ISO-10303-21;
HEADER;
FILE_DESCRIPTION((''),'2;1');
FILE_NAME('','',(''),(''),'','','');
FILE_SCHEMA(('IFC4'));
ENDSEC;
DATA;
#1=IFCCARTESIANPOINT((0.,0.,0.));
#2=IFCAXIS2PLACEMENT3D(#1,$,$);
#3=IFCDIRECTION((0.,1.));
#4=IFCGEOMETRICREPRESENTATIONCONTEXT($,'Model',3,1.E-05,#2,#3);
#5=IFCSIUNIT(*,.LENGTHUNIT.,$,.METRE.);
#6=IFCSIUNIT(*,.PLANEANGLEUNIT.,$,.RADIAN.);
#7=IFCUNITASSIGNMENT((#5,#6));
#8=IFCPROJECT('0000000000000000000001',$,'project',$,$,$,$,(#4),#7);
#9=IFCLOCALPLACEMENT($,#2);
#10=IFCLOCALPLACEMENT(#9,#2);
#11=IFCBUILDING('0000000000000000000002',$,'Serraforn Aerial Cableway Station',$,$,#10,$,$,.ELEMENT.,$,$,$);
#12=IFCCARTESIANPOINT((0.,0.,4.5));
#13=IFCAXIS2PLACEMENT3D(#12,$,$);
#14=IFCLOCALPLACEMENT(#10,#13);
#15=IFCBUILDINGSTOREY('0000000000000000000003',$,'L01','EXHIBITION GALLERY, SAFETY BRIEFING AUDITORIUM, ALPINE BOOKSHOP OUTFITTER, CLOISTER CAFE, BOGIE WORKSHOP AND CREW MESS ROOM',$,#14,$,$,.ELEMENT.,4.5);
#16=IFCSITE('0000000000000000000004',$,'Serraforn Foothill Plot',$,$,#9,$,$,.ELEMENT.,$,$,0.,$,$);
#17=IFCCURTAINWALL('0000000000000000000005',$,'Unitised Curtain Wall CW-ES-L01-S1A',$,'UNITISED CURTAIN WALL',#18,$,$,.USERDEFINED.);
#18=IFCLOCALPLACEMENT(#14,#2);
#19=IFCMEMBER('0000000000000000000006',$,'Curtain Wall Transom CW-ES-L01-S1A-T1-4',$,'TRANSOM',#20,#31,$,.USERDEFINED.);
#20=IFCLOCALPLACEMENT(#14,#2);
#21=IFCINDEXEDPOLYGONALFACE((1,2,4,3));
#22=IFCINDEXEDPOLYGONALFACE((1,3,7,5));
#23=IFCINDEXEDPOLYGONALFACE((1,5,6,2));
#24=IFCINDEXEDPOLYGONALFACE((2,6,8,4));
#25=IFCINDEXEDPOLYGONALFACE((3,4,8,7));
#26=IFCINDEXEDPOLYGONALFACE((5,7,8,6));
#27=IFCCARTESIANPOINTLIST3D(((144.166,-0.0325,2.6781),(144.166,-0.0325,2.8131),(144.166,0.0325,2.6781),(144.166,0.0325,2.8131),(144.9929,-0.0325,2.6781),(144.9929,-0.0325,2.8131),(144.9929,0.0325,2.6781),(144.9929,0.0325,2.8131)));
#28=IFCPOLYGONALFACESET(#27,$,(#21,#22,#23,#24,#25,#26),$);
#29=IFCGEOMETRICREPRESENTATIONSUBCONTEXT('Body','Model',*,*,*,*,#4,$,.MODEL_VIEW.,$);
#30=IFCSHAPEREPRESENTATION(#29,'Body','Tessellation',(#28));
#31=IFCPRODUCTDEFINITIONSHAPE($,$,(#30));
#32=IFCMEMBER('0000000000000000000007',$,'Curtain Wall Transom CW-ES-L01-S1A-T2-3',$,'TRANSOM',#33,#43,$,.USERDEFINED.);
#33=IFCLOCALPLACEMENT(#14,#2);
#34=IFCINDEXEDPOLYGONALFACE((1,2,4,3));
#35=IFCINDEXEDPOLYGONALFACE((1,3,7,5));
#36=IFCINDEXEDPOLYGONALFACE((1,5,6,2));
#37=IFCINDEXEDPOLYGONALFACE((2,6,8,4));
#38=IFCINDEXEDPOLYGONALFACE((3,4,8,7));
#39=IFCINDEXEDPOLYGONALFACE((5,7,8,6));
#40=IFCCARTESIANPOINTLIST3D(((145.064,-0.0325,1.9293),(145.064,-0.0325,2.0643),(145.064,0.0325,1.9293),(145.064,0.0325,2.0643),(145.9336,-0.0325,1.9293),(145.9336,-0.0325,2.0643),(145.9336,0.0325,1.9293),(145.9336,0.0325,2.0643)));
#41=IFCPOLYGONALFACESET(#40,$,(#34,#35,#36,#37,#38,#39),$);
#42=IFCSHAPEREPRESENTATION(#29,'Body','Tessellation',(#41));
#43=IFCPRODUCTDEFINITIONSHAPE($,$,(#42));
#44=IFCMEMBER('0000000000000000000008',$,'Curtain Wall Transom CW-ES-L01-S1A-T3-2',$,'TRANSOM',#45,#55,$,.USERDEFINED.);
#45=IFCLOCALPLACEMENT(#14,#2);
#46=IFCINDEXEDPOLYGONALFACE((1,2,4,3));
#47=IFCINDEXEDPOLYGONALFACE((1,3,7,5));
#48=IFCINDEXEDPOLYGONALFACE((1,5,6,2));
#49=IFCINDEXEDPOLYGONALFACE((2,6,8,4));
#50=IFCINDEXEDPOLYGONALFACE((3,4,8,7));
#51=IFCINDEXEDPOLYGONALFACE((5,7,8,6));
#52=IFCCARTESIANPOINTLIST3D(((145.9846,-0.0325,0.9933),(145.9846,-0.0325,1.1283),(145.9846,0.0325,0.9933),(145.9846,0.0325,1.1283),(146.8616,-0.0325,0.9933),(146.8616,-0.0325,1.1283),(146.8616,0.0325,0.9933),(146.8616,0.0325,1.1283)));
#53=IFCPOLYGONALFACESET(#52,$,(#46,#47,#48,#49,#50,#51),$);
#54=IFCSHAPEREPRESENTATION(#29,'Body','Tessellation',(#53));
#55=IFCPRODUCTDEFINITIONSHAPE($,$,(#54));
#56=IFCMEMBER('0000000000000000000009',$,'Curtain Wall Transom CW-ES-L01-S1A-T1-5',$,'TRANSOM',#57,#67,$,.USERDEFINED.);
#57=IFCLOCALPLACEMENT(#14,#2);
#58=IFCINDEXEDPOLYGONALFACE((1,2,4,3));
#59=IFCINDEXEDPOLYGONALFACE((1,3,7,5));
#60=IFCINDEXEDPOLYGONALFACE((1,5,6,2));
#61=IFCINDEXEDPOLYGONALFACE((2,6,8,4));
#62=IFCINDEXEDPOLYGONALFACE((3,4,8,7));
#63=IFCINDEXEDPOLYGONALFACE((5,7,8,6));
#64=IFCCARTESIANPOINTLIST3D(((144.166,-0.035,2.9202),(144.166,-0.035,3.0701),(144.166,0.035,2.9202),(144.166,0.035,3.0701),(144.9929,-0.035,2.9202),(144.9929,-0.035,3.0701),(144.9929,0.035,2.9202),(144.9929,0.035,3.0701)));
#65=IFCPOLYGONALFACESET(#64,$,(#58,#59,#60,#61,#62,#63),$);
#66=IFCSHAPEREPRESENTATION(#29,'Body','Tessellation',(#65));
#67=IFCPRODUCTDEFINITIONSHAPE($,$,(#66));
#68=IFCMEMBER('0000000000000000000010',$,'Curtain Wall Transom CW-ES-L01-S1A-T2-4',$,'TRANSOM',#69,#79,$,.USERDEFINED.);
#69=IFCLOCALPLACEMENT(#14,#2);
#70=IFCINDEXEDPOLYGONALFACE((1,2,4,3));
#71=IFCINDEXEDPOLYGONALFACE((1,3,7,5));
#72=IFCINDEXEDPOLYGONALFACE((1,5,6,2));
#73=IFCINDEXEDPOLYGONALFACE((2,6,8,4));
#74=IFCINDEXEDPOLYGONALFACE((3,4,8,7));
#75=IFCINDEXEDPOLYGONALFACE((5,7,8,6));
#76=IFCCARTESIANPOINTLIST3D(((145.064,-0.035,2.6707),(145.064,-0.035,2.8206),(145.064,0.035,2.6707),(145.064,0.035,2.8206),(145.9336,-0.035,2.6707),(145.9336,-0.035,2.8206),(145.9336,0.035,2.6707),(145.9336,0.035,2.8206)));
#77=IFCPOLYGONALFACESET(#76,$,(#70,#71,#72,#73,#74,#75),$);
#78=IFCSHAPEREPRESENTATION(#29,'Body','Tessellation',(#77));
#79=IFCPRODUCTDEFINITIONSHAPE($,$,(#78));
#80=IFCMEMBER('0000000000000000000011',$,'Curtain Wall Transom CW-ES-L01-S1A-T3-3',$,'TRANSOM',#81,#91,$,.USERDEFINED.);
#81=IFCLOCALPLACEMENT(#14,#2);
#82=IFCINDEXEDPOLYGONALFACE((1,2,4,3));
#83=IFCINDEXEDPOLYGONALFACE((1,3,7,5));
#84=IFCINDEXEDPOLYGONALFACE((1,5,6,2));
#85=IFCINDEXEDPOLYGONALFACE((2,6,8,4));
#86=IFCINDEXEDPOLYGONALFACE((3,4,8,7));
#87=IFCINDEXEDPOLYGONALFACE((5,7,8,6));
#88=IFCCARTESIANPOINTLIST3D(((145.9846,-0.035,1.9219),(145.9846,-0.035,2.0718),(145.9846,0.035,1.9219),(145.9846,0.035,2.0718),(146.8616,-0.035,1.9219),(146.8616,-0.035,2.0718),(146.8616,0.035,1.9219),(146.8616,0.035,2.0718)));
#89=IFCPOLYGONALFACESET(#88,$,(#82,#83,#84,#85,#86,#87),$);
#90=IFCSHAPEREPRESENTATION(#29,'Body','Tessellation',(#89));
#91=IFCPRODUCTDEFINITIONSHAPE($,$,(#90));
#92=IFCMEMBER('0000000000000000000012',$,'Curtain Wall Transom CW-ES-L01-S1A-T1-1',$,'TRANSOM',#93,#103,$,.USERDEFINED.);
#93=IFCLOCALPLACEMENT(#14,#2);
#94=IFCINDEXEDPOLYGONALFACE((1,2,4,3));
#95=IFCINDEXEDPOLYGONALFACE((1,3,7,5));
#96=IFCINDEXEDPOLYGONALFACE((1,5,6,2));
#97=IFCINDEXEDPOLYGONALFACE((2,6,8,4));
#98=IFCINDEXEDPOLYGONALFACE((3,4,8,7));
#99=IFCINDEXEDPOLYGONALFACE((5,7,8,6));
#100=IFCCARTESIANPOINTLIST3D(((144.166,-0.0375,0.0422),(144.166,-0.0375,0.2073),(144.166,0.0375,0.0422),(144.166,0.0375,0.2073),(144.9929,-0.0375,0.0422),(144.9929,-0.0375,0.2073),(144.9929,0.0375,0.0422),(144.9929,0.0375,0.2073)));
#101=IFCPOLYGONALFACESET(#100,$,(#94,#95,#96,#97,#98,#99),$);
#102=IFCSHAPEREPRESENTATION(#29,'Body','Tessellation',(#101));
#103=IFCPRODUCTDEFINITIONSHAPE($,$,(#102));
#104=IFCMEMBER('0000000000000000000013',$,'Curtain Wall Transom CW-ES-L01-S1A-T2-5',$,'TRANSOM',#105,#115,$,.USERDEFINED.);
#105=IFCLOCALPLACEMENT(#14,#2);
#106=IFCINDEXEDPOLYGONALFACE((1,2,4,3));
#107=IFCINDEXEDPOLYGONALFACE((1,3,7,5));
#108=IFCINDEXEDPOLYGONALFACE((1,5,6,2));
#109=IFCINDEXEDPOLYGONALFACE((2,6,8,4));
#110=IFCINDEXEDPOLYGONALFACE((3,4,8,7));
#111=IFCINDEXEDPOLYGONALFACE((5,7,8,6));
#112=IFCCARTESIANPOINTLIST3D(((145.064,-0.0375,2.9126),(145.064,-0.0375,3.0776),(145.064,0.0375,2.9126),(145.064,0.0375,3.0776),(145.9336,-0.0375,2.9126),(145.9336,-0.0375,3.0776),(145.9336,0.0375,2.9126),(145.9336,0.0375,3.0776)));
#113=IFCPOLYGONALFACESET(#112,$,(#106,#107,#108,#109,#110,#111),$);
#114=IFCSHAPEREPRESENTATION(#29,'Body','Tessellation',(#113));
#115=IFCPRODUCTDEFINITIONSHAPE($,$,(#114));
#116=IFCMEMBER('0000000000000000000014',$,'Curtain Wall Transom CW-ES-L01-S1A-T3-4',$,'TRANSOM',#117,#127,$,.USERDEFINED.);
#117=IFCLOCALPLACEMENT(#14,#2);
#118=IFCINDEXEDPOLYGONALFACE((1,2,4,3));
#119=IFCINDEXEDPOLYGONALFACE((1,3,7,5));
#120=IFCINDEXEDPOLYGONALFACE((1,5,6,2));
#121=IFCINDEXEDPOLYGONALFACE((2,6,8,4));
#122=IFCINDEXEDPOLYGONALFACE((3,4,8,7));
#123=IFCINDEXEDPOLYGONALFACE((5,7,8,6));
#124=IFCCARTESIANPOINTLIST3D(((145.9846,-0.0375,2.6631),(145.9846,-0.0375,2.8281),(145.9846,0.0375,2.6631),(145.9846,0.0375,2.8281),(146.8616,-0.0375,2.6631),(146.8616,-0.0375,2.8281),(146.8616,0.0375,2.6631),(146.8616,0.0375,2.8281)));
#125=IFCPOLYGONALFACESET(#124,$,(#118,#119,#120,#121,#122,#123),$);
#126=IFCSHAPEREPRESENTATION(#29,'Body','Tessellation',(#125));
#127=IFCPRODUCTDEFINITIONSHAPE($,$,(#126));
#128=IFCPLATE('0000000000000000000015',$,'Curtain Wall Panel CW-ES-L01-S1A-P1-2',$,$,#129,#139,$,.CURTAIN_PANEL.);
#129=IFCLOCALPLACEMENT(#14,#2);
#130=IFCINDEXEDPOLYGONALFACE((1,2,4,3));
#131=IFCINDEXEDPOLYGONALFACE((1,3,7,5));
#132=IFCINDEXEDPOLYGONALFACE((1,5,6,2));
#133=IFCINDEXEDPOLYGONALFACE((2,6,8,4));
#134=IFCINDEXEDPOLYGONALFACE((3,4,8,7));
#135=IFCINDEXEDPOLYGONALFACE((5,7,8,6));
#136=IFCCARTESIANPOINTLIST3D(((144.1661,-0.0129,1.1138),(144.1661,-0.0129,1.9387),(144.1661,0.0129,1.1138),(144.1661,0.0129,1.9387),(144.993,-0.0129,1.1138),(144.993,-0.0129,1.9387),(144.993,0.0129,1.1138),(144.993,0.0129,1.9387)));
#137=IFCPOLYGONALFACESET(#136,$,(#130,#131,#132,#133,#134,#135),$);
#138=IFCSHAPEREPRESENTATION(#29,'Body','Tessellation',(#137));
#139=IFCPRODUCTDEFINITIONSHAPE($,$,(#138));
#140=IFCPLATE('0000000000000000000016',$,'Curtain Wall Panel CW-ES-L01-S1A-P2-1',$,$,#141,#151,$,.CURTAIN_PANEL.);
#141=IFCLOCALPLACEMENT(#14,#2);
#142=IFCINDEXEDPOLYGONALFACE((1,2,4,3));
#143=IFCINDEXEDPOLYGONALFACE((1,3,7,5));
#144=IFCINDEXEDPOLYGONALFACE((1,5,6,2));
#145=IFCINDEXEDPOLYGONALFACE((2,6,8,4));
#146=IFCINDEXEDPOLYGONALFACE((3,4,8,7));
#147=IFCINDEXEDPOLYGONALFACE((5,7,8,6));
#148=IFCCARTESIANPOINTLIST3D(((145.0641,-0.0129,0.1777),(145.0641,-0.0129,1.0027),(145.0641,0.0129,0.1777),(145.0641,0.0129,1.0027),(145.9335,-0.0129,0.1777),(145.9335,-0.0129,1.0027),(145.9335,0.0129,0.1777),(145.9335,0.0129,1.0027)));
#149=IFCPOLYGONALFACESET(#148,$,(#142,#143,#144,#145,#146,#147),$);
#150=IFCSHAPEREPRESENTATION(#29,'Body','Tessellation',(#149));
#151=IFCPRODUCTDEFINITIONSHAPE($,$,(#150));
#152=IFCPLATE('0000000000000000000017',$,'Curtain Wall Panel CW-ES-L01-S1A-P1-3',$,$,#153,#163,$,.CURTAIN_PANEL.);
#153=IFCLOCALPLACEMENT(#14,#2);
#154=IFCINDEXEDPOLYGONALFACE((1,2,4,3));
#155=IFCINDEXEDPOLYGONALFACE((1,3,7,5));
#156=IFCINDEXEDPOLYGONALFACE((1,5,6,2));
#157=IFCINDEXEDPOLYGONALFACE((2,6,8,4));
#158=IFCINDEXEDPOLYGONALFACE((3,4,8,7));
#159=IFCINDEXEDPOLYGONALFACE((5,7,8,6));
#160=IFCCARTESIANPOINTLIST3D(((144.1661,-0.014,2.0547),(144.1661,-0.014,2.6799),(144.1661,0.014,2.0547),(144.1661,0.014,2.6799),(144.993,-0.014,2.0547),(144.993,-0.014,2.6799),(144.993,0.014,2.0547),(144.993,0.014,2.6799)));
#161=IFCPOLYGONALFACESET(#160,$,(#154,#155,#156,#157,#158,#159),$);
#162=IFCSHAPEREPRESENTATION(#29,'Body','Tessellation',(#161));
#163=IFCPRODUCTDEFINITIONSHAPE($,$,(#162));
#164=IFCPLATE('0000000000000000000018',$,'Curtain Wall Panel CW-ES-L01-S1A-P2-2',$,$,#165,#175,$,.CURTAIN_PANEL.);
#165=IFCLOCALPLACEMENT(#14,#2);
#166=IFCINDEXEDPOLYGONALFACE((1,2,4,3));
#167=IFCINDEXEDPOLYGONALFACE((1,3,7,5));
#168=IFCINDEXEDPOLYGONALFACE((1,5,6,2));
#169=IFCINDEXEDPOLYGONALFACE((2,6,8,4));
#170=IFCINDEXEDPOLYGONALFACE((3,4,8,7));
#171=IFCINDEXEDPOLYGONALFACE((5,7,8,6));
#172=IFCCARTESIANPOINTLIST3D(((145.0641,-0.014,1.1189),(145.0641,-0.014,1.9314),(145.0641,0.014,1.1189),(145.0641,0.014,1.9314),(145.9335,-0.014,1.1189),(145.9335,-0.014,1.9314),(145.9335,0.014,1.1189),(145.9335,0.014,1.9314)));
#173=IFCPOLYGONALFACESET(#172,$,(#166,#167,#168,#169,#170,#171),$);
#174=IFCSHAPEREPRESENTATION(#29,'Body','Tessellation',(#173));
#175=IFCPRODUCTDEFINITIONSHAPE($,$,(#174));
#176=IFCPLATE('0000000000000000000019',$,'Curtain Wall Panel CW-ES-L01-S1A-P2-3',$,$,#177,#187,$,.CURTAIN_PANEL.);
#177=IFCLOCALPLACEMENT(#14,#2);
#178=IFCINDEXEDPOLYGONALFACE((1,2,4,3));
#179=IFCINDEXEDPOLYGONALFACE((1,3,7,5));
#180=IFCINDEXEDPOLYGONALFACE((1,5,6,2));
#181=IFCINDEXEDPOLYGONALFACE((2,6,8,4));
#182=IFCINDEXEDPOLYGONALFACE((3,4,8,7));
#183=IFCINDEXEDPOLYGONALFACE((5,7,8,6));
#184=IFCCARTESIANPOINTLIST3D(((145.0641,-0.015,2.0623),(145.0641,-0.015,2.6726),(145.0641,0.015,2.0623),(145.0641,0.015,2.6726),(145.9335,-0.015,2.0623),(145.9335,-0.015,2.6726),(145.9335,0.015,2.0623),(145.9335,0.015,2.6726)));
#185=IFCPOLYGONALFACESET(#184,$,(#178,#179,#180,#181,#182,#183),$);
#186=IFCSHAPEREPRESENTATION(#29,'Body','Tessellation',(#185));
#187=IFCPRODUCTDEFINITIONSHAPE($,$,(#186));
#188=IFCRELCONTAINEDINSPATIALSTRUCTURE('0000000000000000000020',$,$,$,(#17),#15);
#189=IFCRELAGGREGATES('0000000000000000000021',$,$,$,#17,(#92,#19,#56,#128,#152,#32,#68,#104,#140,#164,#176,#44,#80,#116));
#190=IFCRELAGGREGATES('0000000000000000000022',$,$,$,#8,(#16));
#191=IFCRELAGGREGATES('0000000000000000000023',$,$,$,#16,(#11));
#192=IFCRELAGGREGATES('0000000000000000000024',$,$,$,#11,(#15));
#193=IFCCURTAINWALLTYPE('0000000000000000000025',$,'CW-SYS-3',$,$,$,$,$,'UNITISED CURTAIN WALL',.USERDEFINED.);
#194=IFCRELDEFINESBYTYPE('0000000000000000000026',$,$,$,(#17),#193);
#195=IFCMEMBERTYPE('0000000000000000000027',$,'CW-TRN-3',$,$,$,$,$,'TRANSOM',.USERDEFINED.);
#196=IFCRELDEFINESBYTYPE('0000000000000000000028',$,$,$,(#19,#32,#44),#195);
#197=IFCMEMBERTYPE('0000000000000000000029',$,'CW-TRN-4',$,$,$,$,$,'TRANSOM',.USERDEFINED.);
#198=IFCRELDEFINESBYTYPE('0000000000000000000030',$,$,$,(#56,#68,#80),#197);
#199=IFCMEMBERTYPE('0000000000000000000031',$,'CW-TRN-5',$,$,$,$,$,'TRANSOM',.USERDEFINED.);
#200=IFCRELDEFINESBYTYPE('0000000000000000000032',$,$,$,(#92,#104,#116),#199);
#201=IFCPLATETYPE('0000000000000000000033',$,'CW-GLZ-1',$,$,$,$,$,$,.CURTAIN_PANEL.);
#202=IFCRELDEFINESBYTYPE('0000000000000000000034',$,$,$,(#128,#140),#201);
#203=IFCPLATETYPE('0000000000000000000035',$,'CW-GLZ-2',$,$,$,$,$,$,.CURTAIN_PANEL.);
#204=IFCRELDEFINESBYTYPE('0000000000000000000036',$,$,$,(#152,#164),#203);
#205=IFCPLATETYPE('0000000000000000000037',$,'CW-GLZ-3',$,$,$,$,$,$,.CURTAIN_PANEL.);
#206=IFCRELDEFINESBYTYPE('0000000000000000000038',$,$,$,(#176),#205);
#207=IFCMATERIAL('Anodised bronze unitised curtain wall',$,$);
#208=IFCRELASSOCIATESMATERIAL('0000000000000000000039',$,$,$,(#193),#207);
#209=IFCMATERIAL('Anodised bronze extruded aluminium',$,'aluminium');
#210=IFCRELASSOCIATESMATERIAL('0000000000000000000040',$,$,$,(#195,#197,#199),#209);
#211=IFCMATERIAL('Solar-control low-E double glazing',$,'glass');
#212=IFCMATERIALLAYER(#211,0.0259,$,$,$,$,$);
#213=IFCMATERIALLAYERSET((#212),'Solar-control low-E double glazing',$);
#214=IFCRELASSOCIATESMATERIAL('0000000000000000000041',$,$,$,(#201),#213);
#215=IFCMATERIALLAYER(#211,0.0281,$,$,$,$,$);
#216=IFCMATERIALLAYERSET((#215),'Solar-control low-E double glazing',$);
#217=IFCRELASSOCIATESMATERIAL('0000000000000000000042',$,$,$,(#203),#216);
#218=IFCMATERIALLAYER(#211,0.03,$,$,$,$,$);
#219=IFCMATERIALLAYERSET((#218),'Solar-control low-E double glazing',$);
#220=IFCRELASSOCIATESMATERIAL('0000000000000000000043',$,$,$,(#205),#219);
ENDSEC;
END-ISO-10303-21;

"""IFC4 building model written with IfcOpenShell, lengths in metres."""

from ifc_helpers import new_model, si_unit, direction, frame, origin, origin_2d, place, context, subcontext, project, spatial, rectangle, extrude, material, layer, layer_set, material_profile, profile_set, type_object, element, aggregate, save


model = new_model("IFC4")

# Units and contexts
model_context = context("Model", 3, precision=1e-05, world=origin(), true_north=direction((0.0, 1.0)))
body_context = subcontext(model_context, "Body", "Model", "MODEL_VIEW")
ifc_project = project(units=[si_unit("LENGTHUNIT", "METRE"), si_unit("PLANEANGLEUNIT", "RADIAN")], contexts=[model_context])

# Site, building, storey
site_placement = place(None, origin())
site = spatial("IfcSite", under=ifc_project, at=site_placement, Name="Serraforn Foothill Plot", CompositionType="ELEMENT", RefElevation=0.0)
building_placement = place(site_placement, origin())
building = spatial("IfcBuilding", under=site, at=building_placement, Name="Serraforn Aerial Cableway Station", CompositionType="ELEMENT")
storey_placement = place(building_placement, frame((0.0, 0.0, 4.5)))
storey = spatial("IfcBuildingStorey", under=building, at=storey_placement, Name="L01", Description="EXHIBITION GALLERY, SAFETY BRIEFING AUDITORIUM, ALPINE BOOKSHOP OUTFITTER, CLOISTER CAFE, BOGIE WORKSHOP AND CREW MESS ROOM", CompositionType="ELEMENT", Elevation=4.5)

# Curtain wall, members, plates
ifc_material_1 = material(Name="Anodised bronze unitised curtain wall")
curtain_wall_type = type_object("IfcCurtainWallType", Name="CW-SYS-3", ElementType="UNITISED CURTAIN WALL", PredefinedType="USERDEFINED", material=ifc_material_1)
curtain_wall_placement = place(storey_placement, origin())
curtain_wall = element("IfcCurtainWall", 1, at=curtain_wall_placement, inside=storey, type_object=curtain_wall_type, Name="Unitised Curtain Wall CW-ES-L01-S1A", ObjectType="UNITISED CURTAIN WALL", PredefinedType="USERDEFINED")
ifc_material_2 = material(Name="Anodised bronze extruded aluminium", Category="aluminium")
ifc_material_profile_1 = material_profile(ifc_material_2, rectangle(XDim=0.0649, YDim=0.135, at=origin_2d()), Name="CW TRANSOM 65x135")
ifc_profile_set_1 = profile_set([ifc_material_profile_1], Name="Anodised bronze extruded aluminium")
member_type_1 = type_object("IfcMemberType", Name="CW-TRN-3", ElementType="TRANSOM", PredefinedType="USERDEFINED", material=ifc_profile_set_1)
member_1_placement = place(storey_placement, frame((144.166, 0.0, 2.7456), z_axis=(1.0, 0.0, 0.0), x_axis=(0.0, 1.0, 0.0)))
member_1 = element("IfcMember", 2, at=member_1_placement, type_object=member_type_1, Name="Curtain Wall Transom CW-ES-L01-S1A-T1-4", ObjectType="TRANSOM", PredefinedType="USERDEFINED", context=body_context, shape_type="SweptSolid", body=[
    extrude(rectangle(XDim=0.0649, YDim=0.135, at=origin_2d()), origin(), (0.0, 0.0, 1.0), 0.8269),
])
member_2_placement = place(storey_placement, frame((145.064, 0.0, 1.9968), z_axis=(1.0, 0.0, 0.0), x_axis=(0.0, 1.0, 0.0)))
member_2 = element("IfcMember", 3, at=member_2_placement, type_object=member_type_1, Name="Curtain Wall Transom CW-ES-L01-S1A-T2-3", ObjectType="TRANSOM", PredefinedType="USERDEFINED", context=body_context, shape_type="SweptSolid", body=[
    extrude(rectangle(XDim=0.0649, YDim=0.135, at=origin_2d()), origin(), (0.0, 0.0, 1.0), 0.8696),
])
member_3_placement = place(storey_placement, frame((145.9846, 0.0, 1.0608), z_axis=(1.0, 0.0, 0.0), x_axis=(0.0, 1.0, 0.0)))
member_3 = element("IfcMember", 4, at=member_3_placement, type_object=member_type_1, Name="Curtain Wall Transom CW-ES-L01-S1A-T3-2", ObjectType="TRANSOM", PredefinedType="USERDEFINED", context=body_context, shape_type="SweptSolid", body=[
    extrude(rectangle(XDim=0.0649, YDim=0.135, at=origin_2d()), origin(), (0.0, 0.0, 1.0), 0.877),
])
ifc_material_profile_2 = material_profile(ifc_material_2, rectangle(XDim=0.0701, YDim=0.1499, at=origin_2d()), Name="CW TRANSOM 70x150")
ifc_profile_set_2 = profile_set([ifc_material_profile_2], Name="Anodised bronze extruded aluminium")
member_type_2 = type_object("IfcMemberType", Name="CW-TRN-4", ElementType="TRANSOM", PredefinedType="USERDEFINED", material=ifc_profile_set_2)
member_4_placement = place(storey_placement, frame((144.166, 0.0, 2.9951), z_axis=(1.0, 0.0, 0.0), x_axis=(0.0, 1.0, 0.0)))
member_4 = element("IfcMember", 5, at=member_4_placement, type_object=member_type_2, Name="Curtain Wall Transom CW-ES-L01-S1A-T1-5", ObjectType="TRANSOM", PredefinedType="USERDEFINED", context=body_context, shape_type="SweptSolid", body=[
    extrude(rectangle(XDim=0.0701, YDim=0.1499, at=origin_2d()), origin(), (0.0, 0.0, 1.0), 0.8269),
])
member_5_placement = place(storey_placement, frame((145.064, 0.0, 2.7456), z_axis=(1.0, 0.0, 0.0), x_axis=(0.0, 1.0, 0.0)))
member_5 = element("IfcMember", 6, at=member_5_placement, type_object=member_type_2, Name="Curtain Wall Transom CW-ES-L01-S1A-T2-4", ObjectType="TRANSOM", PredefinedType="USERDEFINED", context=body_context, shape_type="SweptSolid", body=[
    extrude(rectangle(XDim=0.0701, YDim=0.1499, at=origin_2d()), origin(), (0.0, 0.0, 1.0), 0.8696),
])
member_6_placement = place(storey_placement, frame((145.9846, 0.0, 1.9968), z_axis=(1.0, 0.0, 0.0), x_axis=(0.0, 1.0, 0.0)))
member_6 = element("IfcMember", 7, at=member_6_placement, type_object=member_type_2, Name="Curtain Wall Transom CW-ES-L01-S1A-T3-3", ObjectType="TRANSOM", PredefinedType="USERDEFINED", context=body_context, shape_type="SweptSolid", body=[
    extrude(rectangle(XDim=0.0701, YDim=0.1499, at=origin_2d()), origin(), (0.0, 0.0, 1.0), 0.877),
])
ifc_material_profile_3 = material_profile(ifc_material_2, rectangle(XDim=0.075, YDim=0.165, at=origin_2d()), Name="CW TRANSOM 75x165")
ifc_profile_set_3 = profile_set([ifc_material_profile_3], Name="Anodised bronze extruded aluminium")
member_type_3 = type_object("IfcMemberType", Name="CW-TRN-5", ElementType="TRANSOM", PredefinedType="USERDEFINED", material=ifc_profile_set_3)
member_7_placement = place(storey_placement, frame((144.166, 0.0, 0.1248), z_axis=(1.0, 0.0, 0.0), x_axis=(0.0, 1.0, 0.0)))
member_7 = element("IfcMember", 8, at=member_7_placement, type_object=member_type_3, Name="Curtain Wall Transom CW-ES-L01-S1A-T1-1", ObjectType="TRANSOM", PredefinedType="USERDEFINED", context=body_context, shape_type="SweptSolid", body=[
    extrude(rectangle(XDim=0.075, YDim=0.165, at=origin_2d()), origin(), (0.0, 0.0, 1.0), 0.8269),
])
member_8_placement = place(storey_placement, frame((145.064, 0.0, 2.9951), z_axis=(1.0, 0.0, 0.0), x_axis=(0.0, 1.0, 0.0)))
member_8 = element("IfcMember", 9, at=member_8_placement, type_object=member_type_3, Name="Curtain Wall Transom CW-ES-L01-S1A-T2-5", ObjectType="TRANSOM", PredefinedType="USERDEFINED", context=body_context, shape_type="SweptSolid", body=[
    extrude(rectangle(XDim=0.075, YDim=0.165, at=origin_2d()), origin(), (0.0, 0.0, 1.0), 0.8696),
])
member_9_placement = place(storey_placement, frame((145.9846, 0.0, 2.7456), z_axis=(1.0, 0.0, 0.0), x_axis=(0.0, 1.0, 0.0)))
member_9 = element("IfcMember", 10, at=member_9_placement, type_object=member_type_3, Name="Curtain Wall Transom CW-ES-L01-S1A-T3-4", ObjectType="TRANSOM", PredefinedType="USERDEFINED", context=body_context, shape_type="SweptSolid", body=[
    extrude(rectangle(XDim=0.075, YDim=0.165, at=origin_2d()), origin(), (0.0, 0.0, 1.0), 0.877),
])
ifc_material_3 = material(Name="Solar-control low-E double glazing", Category="glass")
ifc_layer_1 = layer(ifc_material_3, 0.0259)
ifc_layer_set_1 = layer_set([ifc_layer_1], Name="Solar-control low-E double glazing")
plate_type_1 = type_object("IfcPlateType", Name="CW-GLZ-1", PredefinedType="CURTAIN_PANEL", material=ifc_layer_set_1)
plate_1_placement = place(storey_placement, frame((144.5796, 0.0, 1.1138), z_axis=(0.0, 0.0, 1.0), x_axis=(1.0, 0.0, 0.0)))
plate_1 = element("IfcPlate", 11, at=plate_1_placement, type_object=plate_type_1, Name="Curtain Wall Panel CW-ES-L01-S1A-P1-2", PredefinedType="CURTAIN_PANEL", context=body_context, shape_type="SweptSolid", body=[
    extrude(rectangle(XDim=0.8269, YDim=0.0259, at=origin_2d()), origin(), (0.0, 0.0, 1.0), 0.825),
])
plate_2_placement = place(storey_placement, frame((145.4988, 0.0, 0.1777), z_axis=(0.0, 0.0, 1.0), x_axis=(1.0, 0.0, 0.0)))
plate_2 = element("IfcPlate", 12, at=plate_2_placement, type_object=plate_type_1, Name="Curtain Wall Panel CW-ES-L01-S1A-P2-1", PredefinedType="CURTAIN_PANEL", context=body_context, shape_type="SweptSolid", body=[
    extrude(rectangle(XDim=0.8694, YDim=0.0259, at=origin_2d()), origin(), (0.0, 0.0, 1.0), 0.825),
])
ifc_layer_2 = layer(ifc_material_3, 0.0281)
ifc_layer_set_2 = layer_set([ifc_layer_2], Name="Solar-control low-E double glazing")
plate_type_2 = type_object("IfcPlateType", Name="CW-GLZ-2", PredefinedType="CURTAIN_PANEL", material=ifc_layer_set_2)
plate_3_placement = place(storey_placement, frame((144.5796, 0.0, 2.0547), z_axis=(0.0, 0.0, 1.0), x_axis=(1.0, 0.0, 0.0)))
plate_3 = element("IfcPlate", 13, at=plate_3_placement, type_object=plate_type_2, Name="Curtain Wall Panel CW-ES-L01-S1A-P1-3", PredefinedType="CURTAIN_PANEL", context=body_context, shape_type="SweptSolid", body=[
    extrude(rectangle(XDim=0.8269, YDim=0.0281, at=origin_2d()), origin(), (0.0, 0.0, 1.0), 0.6252),
])
plate_4_placement = place(storey_placement, frame((145.4988, 0.0, 1.1189), z_axis=(0.0, 0.0, 1.0), x_axis=(1.0, 0.0, 0.0)))
plate_4 = element("IfcPlate", 14, at=plate_4_placement, type_object=plate_type_2, Name="Curtain Wall Panel CW-ES-L01-S1A-P2-2", PredefinedType="CURTAIN_PANEL", context=body_context, shape_type="SweptSolid", body=[
    extrude(rectangle(XDim=0.8694, YDim=0.0281, at=origin_2d()), origin(), (0.0, 0.0, 1.0), 0.8125),
])
ifc_layer_3 = layer(ifc_material_3, 0.03)
ifc_layer_set_3 = layer_set([ifc_layer_3], Name="Solar-control low-E double glazing")
plate_type_3 = type_object("IfcPlateType", Name="CW-GLZ-3", PredefinedType="CURTAIN_PANEL", material=ifc_layer_set_3)
plate_5_placement = place(storey_placement, frame((145.4988, 0.0, 2.0623), z_axis=(0.0, 0.0, 1.0), x_axis=(1.0, 0.0, 0.0)))
plate_5 = element("IfcPlate", 15, at=plate_5_placement, type_object=plate_type_3, Name="Curtain Wall Panel CW-ES-L01-S1A-P2-3", PredefinedType="CURTAIN_PANEL", context=body_context, shape_type="SweptSolid", body=[
    extrude(rectangle(XDim=0.8694, YDim=0.03, at=origin_2d()), origin(), (0.0, 0.0, 1.0), 0.6104),
])
aggregate(curtain_wall, [member_7, member_1, member_4, plate_1, plate_3, member_2, member_5, member_8, plate_2, plate_4, plate_5, member_3, member_6, member_9])

save(model, "model.ifc")
